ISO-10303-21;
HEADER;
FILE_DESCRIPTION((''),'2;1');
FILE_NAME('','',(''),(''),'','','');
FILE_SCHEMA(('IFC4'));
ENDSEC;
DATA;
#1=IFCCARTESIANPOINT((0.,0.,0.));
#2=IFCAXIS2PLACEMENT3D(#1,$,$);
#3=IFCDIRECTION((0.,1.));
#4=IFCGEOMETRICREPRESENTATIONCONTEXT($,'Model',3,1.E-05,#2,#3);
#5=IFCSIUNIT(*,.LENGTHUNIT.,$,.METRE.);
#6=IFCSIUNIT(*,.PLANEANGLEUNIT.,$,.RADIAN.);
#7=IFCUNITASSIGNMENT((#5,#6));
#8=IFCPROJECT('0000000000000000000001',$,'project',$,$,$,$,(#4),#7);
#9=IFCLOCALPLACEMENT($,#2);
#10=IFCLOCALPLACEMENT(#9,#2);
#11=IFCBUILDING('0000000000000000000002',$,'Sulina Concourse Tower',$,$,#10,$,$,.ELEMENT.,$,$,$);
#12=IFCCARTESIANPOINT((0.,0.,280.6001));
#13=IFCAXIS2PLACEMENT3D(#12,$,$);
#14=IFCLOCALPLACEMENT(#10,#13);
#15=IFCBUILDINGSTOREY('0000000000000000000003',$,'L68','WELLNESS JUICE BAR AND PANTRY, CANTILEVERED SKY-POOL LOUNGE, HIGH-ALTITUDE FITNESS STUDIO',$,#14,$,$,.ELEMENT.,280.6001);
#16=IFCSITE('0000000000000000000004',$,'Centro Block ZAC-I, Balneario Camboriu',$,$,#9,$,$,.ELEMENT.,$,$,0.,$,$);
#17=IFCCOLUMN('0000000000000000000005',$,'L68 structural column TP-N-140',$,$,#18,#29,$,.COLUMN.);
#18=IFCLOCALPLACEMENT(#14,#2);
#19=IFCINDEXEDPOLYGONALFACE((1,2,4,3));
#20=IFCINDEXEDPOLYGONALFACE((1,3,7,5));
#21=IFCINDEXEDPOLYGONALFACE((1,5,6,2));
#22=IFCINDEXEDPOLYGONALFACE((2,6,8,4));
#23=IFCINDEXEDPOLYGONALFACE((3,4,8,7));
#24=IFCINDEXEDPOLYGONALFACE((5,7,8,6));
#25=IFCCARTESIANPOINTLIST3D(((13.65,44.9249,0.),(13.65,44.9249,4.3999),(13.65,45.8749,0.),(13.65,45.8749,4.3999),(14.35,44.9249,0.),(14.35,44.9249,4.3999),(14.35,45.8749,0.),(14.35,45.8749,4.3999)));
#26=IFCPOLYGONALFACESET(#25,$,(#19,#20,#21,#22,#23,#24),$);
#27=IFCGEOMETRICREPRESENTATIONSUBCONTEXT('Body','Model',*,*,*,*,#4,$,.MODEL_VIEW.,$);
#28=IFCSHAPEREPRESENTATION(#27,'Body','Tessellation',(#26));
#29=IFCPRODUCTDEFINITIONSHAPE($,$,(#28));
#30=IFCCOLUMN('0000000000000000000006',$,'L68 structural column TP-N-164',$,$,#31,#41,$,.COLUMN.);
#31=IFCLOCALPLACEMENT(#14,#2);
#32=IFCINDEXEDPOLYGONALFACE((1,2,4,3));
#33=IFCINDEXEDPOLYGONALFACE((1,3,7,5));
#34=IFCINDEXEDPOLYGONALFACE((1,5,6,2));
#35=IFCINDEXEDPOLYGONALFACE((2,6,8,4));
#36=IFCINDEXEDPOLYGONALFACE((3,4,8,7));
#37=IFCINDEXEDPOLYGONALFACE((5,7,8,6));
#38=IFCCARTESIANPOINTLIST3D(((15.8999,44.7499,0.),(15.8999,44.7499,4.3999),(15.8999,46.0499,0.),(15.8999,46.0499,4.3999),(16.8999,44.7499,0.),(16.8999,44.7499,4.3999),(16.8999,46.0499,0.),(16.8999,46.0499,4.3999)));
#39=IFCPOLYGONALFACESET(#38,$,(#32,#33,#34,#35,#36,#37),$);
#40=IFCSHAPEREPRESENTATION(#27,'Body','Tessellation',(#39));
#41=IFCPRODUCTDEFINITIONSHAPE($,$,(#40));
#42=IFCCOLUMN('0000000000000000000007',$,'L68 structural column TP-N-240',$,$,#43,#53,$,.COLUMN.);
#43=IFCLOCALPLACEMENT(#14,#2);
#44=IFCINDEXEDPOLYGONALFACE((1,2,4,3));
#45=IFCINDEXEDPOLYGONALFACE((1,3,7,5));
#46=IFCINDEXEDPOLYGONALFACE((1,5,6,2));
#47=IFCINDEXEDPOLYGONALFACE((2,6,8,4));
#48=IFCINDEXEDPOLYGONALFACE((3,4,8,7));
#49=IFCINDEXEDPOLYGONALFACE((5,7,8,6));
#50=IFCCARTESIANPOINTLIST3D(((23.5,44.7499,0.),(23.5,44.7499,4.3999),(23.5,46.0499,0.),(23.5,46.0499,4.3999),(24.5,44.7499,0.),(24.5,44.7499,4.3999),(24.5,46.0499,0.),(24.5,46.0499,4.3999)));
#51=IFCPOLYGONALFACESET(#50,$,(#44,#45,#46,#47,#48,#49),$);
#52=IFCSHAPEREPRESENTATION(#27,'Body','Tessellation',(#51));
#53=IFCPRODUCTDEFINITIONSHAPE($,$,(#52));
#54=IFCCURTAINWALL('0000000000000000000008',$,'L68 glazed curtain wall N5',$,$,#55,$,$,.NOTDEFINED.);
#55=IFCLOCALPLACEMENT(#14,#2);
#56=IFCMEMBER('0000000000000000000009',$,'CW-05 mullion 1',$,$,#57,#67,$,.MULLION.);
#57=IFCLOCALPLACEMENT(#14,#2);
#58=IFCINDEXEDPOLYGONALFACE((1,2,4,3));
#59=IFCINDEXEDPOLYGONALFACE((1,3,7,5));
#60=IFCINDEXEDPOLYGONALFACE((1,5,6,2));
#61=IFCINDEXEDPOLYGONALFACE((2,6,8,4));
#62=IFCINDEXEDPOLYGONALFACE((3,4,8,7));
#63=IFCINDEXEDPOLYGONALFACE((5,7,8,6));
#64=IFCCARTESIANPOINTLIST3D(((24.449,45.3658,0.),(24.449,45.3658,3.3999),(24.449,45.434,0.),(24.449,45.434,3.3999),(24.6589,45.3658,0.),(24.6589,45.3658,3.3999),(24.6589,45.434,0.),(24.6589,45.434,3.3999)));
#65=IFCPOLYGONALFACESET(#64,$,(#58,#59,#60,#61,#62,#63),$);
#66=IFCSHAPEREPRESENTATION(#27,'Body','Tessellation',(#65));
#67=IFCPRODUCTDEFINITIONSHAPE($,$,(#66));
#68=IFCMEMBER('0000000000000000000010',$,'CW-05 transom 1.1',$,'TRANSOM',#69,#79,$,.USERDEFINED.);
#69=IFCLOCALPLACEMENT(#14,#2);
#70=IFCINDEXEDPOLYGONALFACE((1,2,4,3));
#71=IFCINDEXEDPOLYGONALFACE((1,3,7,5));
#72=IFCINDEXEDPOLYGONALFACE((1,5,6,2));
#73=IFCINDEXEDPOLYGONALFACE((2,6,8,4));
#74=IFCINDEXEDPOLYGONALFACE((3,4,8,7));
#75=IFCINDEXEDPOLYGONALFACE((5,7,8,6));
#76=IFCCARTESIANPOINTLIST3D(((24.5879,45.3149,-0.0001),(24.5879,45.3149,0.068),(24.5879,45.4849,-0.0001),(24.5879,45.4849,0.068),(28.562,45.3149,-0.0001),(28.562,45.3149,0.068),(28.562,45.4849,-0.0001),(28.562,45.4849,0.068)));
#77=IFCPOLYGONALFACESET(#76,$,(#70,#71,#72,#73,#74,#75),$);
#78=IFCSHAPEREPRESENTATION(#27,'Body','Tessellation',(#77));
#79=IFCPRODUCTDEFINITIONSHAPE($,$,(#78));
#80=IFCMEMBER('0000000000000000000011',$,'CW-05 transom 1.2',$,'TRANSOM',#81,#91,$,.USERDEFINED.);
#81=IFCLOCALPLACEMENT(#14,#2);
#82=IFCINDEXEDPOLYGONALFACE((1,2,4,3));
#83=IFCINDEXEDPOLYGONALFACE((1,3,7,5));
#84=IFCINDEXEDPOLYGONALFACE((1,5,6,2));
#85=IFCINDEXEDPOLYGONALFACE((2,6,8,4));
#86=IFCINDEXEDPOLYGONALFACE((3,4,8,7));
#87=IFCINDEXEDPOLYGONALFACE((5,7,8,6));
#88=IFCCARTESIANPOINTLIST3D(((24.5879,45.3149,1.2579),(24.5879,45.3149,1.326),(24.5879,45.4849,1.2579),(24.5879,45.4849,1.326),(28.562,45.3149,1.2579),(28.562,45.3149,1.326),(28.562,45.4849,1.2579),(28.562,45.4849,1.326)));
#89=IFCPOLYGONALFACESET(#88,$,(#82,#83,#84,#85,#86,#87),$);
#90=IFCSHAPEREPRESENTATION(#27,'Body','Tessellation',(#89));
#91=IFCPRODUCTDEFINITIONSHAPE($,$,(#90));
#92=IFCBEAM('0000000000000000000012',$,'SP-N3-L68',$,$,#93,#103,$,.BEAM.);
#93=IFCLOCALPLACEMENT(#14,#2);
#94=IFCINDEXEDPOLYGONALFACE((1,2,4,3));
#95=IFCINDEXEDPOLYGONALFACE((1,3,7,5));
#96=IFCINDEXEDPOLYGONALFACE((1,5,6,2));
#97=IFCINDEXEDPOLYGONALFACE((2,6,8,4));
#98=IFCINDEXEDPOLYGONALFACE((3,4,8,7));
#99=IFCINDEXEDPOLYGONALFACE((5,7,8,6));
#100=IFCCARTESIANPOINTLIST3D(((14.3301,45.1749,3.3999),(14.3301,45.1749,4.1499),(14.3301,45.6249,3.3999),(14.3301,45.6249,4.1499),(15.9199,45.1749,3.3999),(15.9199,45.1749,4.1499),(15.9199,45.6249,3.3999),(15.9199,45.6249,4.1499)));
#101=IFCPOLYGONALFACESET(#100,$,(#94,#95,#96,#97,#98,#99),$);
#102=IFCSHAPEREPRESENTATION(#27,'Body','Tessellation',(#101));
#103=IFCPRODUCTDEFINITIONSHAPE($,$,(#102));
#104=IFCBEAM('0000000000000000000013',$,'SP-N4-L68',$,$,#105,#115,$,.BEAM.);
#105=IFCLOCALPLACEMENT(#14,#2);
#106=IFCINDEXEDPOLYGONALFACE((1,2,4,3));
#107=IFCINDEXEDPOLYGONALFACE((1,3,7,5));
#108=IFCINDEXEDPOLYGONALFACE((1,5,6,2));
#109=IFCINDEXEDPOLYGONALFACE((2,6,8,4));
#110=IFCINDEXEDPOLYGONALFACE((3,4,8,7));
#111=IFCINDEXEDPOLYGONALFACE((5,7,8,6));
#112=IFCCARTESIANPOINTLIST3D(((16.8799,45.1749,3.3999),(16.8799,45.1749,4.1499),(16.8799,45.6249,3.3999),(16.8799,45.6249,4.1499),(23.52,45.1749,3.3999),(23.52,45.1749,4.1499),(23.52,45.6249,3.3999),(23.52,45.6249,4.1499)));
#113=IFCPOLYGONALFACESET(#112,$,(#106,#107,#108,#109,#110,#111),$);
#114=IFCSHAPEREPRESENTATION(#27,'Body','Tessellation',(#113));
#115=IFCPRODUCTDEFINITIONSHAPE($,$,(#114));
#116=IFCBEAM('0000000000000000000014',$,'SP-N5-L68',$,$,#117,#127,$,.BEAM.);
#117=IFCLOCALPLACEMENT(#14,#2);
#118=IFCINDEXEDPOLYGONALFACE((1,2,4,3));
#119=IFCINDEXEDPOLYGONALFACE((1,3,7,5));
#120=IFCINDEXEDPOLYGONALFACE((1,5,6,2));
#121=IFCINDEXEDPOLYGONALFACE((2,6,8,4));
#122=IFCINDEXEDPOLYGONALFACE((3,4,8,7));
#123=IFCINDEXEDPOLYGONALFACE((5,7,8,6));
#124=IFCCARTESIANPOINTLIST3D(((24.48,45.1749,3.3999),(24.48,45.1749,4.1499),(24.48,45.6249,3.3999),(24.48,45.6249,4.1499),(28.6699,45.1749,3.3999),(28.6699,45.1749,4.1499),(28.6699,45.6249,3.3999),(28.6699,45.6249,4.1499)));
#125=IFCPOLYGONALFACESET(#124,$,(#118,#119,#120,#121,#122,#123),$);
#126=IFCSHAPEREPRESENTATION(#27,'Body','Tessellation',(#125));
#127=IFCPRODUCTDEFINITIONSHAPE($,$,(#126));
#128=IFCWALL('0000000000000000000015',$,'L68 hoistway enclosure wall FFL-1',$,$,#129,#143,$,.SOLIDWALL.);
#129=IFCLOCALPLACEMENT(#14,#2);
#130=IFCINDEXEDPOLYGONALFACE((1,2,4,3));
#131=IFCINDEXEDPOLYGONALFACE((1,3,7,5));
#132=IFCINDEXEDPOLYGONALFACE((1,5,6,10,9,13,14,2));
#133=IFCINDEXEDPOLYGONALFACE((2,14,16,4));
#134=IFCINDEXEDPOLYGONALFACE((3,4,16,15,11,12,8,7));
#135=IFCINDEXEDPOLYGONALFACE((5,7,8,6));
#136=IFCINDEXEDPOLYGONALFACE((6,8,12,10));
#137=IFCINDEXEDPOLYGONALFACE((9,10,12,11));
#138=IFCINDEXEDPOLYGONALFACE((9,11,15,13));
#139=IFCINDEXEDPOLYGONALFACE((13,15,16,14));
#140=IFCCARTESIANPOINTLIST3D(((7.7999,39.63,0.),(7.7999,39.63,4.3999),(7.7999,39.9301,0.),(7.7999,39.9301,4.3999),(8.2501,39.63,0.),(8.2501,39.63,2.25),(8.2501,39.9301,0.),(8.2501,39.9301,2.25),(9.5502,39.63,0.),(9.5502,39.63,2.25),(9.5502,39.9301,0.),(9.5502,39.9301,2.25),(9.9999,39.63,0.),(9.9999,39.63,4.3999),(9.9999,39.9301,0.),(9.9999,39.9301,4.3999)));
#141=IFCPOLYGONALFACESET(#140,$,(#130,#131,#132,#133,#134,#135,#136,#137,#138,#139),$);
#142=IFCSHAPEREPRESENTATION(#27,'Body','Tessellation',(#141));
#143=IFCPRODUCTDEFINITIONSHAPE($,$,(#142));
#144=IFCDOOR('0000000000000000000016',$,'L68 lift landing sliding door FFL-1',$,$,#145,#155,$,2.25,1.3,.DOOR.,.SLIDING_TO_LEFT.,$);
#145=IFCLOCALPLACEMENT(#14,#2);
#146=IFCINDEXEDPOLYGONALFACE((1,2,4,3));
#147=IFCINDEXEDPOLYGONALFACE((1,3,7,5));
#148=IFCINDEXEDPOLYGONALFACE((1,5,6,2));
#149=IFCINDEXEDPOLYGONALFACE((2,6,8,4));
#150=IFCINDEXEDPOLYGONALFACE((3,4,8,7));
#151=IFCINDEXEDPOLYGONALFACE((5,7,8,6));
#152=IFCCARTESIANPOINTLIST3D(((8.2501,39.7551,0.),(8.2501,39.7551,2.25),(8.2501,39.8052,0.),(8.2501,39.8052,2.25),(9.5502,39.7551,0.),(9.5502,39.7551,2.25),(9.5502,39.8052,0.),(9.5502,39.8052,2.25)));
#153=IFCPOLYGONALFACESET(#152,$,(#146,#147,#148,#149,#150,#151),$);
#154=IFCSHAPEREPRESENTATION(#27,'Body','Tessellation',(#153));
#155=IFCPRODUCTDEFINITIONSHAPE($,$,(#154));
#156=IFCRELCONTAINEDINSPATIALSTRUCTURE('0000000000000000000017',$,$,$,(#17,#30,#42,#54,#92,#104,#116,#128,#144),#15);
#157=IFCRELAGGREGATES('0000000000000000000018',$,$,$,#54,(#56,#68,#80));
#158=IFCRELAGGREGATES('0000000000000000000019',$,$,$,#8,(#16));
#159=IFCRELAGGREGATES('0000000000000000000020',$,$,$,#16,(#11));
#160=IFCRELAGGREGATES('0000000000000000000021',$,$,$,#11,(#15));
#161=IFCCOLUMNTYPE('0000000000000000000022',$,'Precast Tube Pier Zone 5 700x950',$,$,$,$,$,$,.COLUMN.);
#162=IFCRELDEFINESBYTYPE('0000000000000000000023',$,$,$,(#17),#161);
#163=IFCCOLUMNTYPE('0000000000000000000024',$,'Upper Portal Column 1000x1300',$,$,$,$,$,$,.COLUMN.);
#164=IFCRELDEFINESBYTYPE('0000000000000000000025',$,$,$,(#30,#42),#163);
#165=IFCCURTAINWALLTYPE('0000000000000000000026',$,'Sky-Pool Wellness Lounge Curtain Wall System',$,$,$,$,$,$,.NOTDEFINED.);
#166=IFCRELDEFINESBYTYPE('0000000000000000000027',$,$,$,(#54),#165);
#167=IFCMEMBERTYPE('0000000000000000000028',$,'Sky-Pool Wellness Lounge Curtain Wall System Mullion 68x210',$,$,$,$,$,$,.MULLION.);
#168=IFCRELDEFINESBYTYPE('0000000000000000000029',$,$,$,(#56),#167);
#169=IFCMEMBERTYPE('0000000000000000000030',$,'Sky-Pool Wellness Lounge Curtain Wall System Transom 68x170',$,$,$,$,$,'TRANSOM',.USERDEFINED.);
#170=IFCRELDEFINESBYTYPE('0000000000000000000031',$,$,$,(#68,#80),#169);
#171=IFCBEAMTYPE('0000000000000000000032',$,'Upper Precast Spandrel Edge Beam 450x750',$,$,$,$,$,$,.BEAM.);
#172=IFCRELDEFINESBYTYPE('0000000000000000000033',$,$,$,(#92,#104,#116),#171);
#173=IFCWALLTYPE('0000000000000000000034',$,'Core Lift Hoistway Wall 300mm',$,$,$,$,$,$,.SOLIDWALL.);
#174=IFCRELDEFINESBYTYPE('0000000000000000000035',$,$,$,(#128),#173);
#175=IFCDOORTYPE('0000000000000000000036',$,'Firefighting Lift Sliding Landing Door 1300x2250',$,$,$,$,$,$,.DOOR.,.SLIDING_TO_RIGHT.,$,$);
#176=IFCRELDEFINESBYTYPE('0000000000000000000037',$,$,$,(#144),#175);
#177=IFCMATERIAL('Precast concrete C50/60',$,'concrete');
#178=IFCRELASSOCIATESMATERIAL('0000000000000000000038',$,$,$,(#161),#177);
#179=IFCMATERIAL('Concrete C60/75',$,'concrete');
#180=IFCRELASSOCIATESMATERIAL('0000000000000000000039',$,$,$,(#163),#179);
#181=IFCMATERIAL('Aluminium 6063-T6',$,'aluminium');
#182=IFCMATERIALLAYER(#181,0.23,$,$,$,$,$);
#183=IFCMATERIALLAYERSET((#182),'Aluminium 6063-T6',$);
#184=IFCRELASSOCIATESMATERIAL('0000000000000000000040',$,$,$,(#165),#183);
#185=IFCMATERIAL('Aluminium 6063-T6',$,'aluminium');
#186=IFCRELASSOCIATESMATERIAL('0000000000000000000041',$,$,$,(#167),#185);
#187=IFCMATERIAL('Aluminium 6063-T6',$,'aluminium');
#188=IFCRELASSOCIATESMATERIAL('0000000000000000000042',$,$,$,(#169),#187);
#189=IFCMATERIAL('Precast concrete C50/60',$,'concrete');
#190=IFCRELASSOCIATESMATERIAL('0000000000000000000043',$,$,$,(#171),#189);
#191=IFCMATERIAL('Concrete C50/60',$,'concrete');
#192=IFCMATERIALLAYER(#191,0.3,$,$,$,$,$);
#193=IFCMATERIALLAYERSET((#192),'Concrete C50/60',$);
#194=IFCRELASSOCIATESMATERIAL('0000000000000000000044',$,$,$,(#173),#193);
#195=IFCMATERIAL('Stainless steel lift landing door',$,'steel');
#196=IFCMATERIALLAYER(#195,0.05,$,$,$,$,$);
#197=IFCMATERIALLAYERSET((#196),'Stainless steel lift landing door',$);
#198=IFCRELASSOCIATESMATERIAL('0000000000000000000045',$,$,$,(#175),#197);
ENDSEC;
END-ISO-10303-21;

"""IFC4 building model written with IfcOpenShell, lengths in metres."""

from ifc_helpers import new_model, si_unit, direction, frame, frame_2d, origin, origin_2d, place, context, subcontext, project, spatial, rectangle, extrude, material, layer, layer_set, material_profile, profile_set, type_object, element, fill, aggregate, save


model = new_model("IFC4")

# Units and contexts
model_context = context("Model", 3, precision=1e-05, world=origin(), true_north=direction((0.0, 1.0)))
body_context = subcontext(model_context, "Body", "Model", "MODEL_VIEW")
ifc_project = project(units=[si_unit("LENGTHUNIT", "METRE"), si_unit("PLANEANGLEUNIT", "RADIAN")], contexts=[model_context])

# Site, building, storey
site_placement = place(None, origin())
site = spatial("IfcSite", under=ifc_project, at=site_placement, Name="Centro Block ZAC-I, Balneario Camboriu", CompositionType="ELEMENT", RefElevation=0.0)
building_placement = place(site_placement, origin())
building = spatial("IfcBuilding", under=site, at=building_placement, Name="Sulina Concourse Tower", CompositionType="ELEMENT")
storey_placement = place(building_placement, frame((0.0, 0.0, 280.6001)))
storey = spatial("IfcBuildingStorey", under=building, at=storey_placement, Name="L68", Description="WELLNESS JUICE BAR AND PANTRY, CANTILEVERED SKY-POOL LOUNGE, HIGH-ALTITUDE FITNESS STUDIO", CompositionType="ELEMENT", Elevation=280.6001)

# Columns
ifc_material_1 = material(Name="Precast concrete C50/60", Category="concrete")
ifc_material_profile_1 = material_profile(ifc_material_1, rectangle(XDim=0.7, YDim=0.95, at=origin_2d()), Name="PC 700x950")
ifc_profile_set_1 = profile_set([ifc_material_profile_1], Name="Precast concrete C50/60")
column_type_1 = type_object("IfcColumnType", Name="Precast Tube Pier Zone 5 700x950", PredefinedType="COLUMN", material=ifc_profile_set_1)
column_placement = place(storey_placement, frame((14.0, 45.3999, 0.0), z_axis=(0.0, 0.0, 1.0), x_axis=(1.0, 0.0, 0.0)))
element("IfcColumn", 1, at=column_placement, inside=storey, type_object=column_type_1, Name="L68 structural column TP-N-140", PredefinedType="COLUMN", context=body_context, shape_type="SweptSolid", body=[
    extrude(rectangle(XDim=0.7, YDim=0.95, at=origin_2d()), origin(), (0.0, 0.0, 1.0), 4.3999),
])
ifc_material_2 = material(Name="Concrete C60/75", Category="concrete")
ifc_material_profile_2 = material_profile(ifc_material_2, rectangle(XDim=1.0, YDim=1.3, at=origin_2d()), Name="RC 1000x1300")
ifc_profile_set_2 = profile_set([ifc_material_profile_2], Name="Concrete C60/75")
column_type_2 = type_object("IfcColumnType", Name="Upper Portal Column 1000x1300", PredefinedType="COLUMN", material=ifc_profile_set_2)
for number, where, z_axis, x_axis, name in (
    (2, (16.3999, 45.3999, 0.0), (0.0, 0.0, 1.0), (1.0, 0.0, 0.0), "L68 structural column TP-N-164"),
    (3, (24.0, 45.3999, 0.0), (0.0, 0.0, 1.0), (1.0, 0.0, 0.0), "L68 structural column TP-N-240"),
):
    element("IfcColumn", number, at=place(storey_placement, frame(where, z_axis=z_axis, x_axis=x_axis)), inside=storey, type_object=column_type_2, Name=name, PredefinedType="COLUMN", context=body_context, shape_type="SweptSolid", body=[
        extrude(rectangle(XDim=1.0, YDim=1.3, at=origin_2d()), origin(), (0.0, 0.0, 1.0), 4.3999),
    ])

# Curtain wall, members
ifc_material_3 = material(Name="Aluminium 6063-T6", Category="aluminium")
ifc_layer_1 = layer(ifc_material_3, 0.23)
ifc_layer_set_1 = layer_set([ifc_layer_1], Name="Aluminium 6063-T6")
curtain_wall_type = type_object("IfcCurtainWallType", Name="Sky-Pool Wellness Lounge Curtain Wall System", PredefinedType="NOTDEFINED", material=ifc_layer_set_1)
curtain_wall_placement = place(storey_placement, origin())
curtain_wall = element("IfcCurtainWall", 4, at=curtain_wall_placement, inside=storey, type_object=curtain_wall_type, Name="L68 glazed curtain wall N5", PredefinedType="NOTDEFINED")
ifc_material_4 = material(Name="Aluminium 6063-T6", Category="aluminium")
ifc_material_profile_3 = material_profile(ifc_material_4, rectangle(XDim=0.0681, YDim=0.21, at=origin_2d()), Name="MUL 68x210")
ifc_profile_set_3 = profile_set([ifc_material_profile_3], Name="Aluminium 6063-T6")
member_type_1 = type_object("IfcMemberType", Name="Sky-Pool Wellness Lounge Curtain Wall System Mullion 68x210", PredefinedType="MULLION", material=ifc_profile_set_3)
member_1_placement = place(storey_placement, frame((24.554, 45.3999, 0.0), z_axis=(0.0, 0.0, 1.0), x_axis=(0.0, 1.0, 0.0)))
member_1 = element("IfcMember", 5, at=member_1_placement, type_object=member_type_1, Name="CW-05 mullion 1", PredefinedType="MULLION", context=body_context, shape_type="SweptSolid", body=[
    extrude(rectangle(XDim=0.0681, YDim=0.21, at=origin_2d()), origin(), (0.0, 0.0, 1.0), 3.3999),
])
ifc_material_5 = material(Name="Aluminium 6063-T6", Category="aluminium")
ifc_material_profile_4 = material_profile(ifc_material_5, rectangle(XDim=0.1699, YDim=0.0681, at=origin_2d()), Name="TRN 68x170")
ifc_profile_set_4 = profile_set([ifc_material_profile_4], Name="Aluminium 6063-T6")
member_type_2 = type_object("IfcMemberType", Name="Sky-Pool Wellness Lounge Curtain Wall System Transom 68x170", ElementType="TRANSOM", PredefinedType="USERDEFINED", material=ifc_profile_set_4)
member_2_placement = place(storey_placement, frame((24.5879, 45.3999, 0.0339), z_axis=(1.0, 0.0, 0.0), x_axis=(0.0, 1.0, 0.0)))
member_2 = element("IfcMember", 6, at=member_2_placement, type_object=member_type_2, Name="CW-05 transom 1.1", ObjectType="TRANSOM", PredefinedType="USERDEFINED", context=body_context, shape_type="SweptSolid", body=[
    extrude(rectangle(XDim=0.1699, YDim=0.0681, at=origin_2d()), origin(), (0.0, 0.0, 1.0), 3.9741),
])
member_3_placement = place(storey_placement, frame((24.5879, 45.3999, 1.292), z_axis=(1.0, 0.0, 0.0), x_axis=(0.0, 1.0, 0.0)))
member_3 = element("IfcMember", 7, at=member_3_placement, type_object=member_type_2, Name="CW-05 transom 1.2", ObjectType="TRANSOM", PredefinedType="USERDEFINED", context=body_context, shape_type="SweptSolid", body=[
    extrude(rectangle(XDim=0.1699, YDim=0.0681, at=origin_2d()), origin(), (0.0, 0.0, 1.0), 3.9741),
])
aggregate(curtain_wall, [member_1, member_2, member_3])

# Beams
ifc_material_6 = material(Name="Precast concrete C50/60", Category="concrete")
ifc_material_profile_5 = material_profile(ifc_material_6, rectangle(XDim=0.45, YDim=0.75, at=origin_2d()), Name="RC 450x750")
ifc_profile_set_5 = profile_set([ifc_material_profile_5], Name="Precast concrete C50/60")
beam_type = type_object("IfcBeamType", Name="Upper Precast Spandrel Edge Beam 450x750", PredefinedType="BEAM", material=ifc_profile_set_5)
beam_1_placement = place(storey_placement, frame((14.3301, 45.3999, 3.7749), z_axis=(1.0, 0.0, 0.0), x_axis=(0.0, 1.0, 0.0)))
element("IfcBeam", 8, at=beam_1_placement, inside=storey, type_object=beam_type, Name="SP-N3-L68", PredefinedType="BEAM", context=body_context, shape_type="SweptSolid", body=[
    extrude(rectangle(XDim=0.45, YDim=0.75, at=origin_2d()), origin(), (0.0, 0.0, 1.0), 1.5898),
])
beam_2_placement = place(storey_placement, frame((16.8799, 45.3999, 3.7749), z_axis=(1.0, 0.0, 0.0), x_axis=(0.0, 1.0, 0.0)))
element("IfcBeam", 9, at=beam_2_placement, inside=storey, type_object=beam_type, Name="SP-N4-L68", PredefinedType="BEAM", context=body_context, shape_type="SweptSolid", body=[
    extrude(rectangle(XDim=0.45, YDim=0.75, at=origin_2d()), origin(), (0.0, 0.0, 1.0), 6.6401),
])
beam_3_placement = place(storey_placement, frame((24.48, 45.3999, 3.7749), z_axis=(1.0, 0.0, 0.0), x_axis=(0.0, 1.0, 0.0)))
element("IfcBeam", 10, at=beam_3_placement, inside=storey, type_object=beam_type, Name="SP-N5-L68", PredefinedType="BEAM", context=body_context, shape_type="SweptSolid", body=[
    extrude(rectangle(XDim=0.45, YDim=0.75, at=origin_2d()), origin(), (0.0, 0.0, 1.0), 4.1899),
])

# Wall, opening, door
ifc_material_7 = material(Name="Concrete C50/60", Category="concrete")
ifc_layer_2 = layer(ifc_material_7, 0.3)
ifc_layer_set_2 = layer_set([ifc_layer_2], Name="Concrete C50/60")
wall_type_1 = type_object("IfcWallType", Name="Core Lift Hoistway Wall 300mm", PredefinedType="SOLIDWALL", material=ifc_layer_set_2)
wall_1_placement = place(storey_placement, frame((10.0, 39.78, 0.0), z_axis=(0.0, 0.0, 1.0), x_axis=(-1.0, 0.0, 0.0)))
wall_1 = element("IfcWall", 11, at=wall_1_placement, inside=storey, type_object=wall_type_1, Name="L68 hoistway enclosure wall FFL-1", PredefinedType="SOLIDWALL", context=body_context, shape_type="SweptSolid", body=[
    extrude(rectangle(XDim=2.2, YDim=0.3, at=frame_2d((1.1001, 0.0))), origin(), (0.0, 0.0, 1.0), 4.3999),
])
opening_1_placement = place(wall_1_placement, frame((0.45, 0.0, 0.0)))
opening_1 = element("IfcOpeningElement", 12, at=opening_1_placement, cuts=wall_1, PredefinedType="OPENING", context=body_context, shape_type="SweptSolid", body=[
    extrude(rectangle(XDim=1.3, YDim=2.25, at=frame_2d((0.6499, 1.125))), frame((0.0, 0.1599, 0.0), z_axis=(0.0, -1.0, 0.0), x_axis=(1.0, 0.0, 0.0)), (0.0, 0.0, 1.0), 0.3201),
])
ifc_material_8 = material(Name="Stainless steel lift landing door", Category="steel")
ifc_layer_3 = layer(ifc_material_8, 0.05)
ifc_layer_set_3 = layer_set([ifc_layer_3], Name="Stainless steel lift landing door")
door_type_1 = type_object("IfcDoorType", Name="Firefighting Lift Sliding Landing Door 1300x2250", OperationType="SLIDING_TO_RIGHT", PredefinedType="DOOR", material=ifc_layer_set_3)
door_1_placement = place(opening_1_placement, origin())
door_1 = element("IfcDoor", 13, at=door_1_placement, inside=storey, type_object=door_type_1, Name="L68 lift landing sliding door FFL-1", OperationType="SLIDING_TO_LEFT", OverallHeight=2.25, OverallWidth=1.3, PredefinedType="DOOR", context=body_context, shape_type="SweptSolid", body=[
    extrude(rectangle(XDim=1.3, YDim=2.25, at=frame_2d((0.6499, 1.125))), frame((0.0, 0.0249, 0.0), z_axis=(0.0, -1.0, 0.0), x_axis=(1.0, 0.0, 0.0)), (0.0, 0.0, 1.0), 0.05),
])
fill(opening_1, door_1)

save(model, "model.ifc")
